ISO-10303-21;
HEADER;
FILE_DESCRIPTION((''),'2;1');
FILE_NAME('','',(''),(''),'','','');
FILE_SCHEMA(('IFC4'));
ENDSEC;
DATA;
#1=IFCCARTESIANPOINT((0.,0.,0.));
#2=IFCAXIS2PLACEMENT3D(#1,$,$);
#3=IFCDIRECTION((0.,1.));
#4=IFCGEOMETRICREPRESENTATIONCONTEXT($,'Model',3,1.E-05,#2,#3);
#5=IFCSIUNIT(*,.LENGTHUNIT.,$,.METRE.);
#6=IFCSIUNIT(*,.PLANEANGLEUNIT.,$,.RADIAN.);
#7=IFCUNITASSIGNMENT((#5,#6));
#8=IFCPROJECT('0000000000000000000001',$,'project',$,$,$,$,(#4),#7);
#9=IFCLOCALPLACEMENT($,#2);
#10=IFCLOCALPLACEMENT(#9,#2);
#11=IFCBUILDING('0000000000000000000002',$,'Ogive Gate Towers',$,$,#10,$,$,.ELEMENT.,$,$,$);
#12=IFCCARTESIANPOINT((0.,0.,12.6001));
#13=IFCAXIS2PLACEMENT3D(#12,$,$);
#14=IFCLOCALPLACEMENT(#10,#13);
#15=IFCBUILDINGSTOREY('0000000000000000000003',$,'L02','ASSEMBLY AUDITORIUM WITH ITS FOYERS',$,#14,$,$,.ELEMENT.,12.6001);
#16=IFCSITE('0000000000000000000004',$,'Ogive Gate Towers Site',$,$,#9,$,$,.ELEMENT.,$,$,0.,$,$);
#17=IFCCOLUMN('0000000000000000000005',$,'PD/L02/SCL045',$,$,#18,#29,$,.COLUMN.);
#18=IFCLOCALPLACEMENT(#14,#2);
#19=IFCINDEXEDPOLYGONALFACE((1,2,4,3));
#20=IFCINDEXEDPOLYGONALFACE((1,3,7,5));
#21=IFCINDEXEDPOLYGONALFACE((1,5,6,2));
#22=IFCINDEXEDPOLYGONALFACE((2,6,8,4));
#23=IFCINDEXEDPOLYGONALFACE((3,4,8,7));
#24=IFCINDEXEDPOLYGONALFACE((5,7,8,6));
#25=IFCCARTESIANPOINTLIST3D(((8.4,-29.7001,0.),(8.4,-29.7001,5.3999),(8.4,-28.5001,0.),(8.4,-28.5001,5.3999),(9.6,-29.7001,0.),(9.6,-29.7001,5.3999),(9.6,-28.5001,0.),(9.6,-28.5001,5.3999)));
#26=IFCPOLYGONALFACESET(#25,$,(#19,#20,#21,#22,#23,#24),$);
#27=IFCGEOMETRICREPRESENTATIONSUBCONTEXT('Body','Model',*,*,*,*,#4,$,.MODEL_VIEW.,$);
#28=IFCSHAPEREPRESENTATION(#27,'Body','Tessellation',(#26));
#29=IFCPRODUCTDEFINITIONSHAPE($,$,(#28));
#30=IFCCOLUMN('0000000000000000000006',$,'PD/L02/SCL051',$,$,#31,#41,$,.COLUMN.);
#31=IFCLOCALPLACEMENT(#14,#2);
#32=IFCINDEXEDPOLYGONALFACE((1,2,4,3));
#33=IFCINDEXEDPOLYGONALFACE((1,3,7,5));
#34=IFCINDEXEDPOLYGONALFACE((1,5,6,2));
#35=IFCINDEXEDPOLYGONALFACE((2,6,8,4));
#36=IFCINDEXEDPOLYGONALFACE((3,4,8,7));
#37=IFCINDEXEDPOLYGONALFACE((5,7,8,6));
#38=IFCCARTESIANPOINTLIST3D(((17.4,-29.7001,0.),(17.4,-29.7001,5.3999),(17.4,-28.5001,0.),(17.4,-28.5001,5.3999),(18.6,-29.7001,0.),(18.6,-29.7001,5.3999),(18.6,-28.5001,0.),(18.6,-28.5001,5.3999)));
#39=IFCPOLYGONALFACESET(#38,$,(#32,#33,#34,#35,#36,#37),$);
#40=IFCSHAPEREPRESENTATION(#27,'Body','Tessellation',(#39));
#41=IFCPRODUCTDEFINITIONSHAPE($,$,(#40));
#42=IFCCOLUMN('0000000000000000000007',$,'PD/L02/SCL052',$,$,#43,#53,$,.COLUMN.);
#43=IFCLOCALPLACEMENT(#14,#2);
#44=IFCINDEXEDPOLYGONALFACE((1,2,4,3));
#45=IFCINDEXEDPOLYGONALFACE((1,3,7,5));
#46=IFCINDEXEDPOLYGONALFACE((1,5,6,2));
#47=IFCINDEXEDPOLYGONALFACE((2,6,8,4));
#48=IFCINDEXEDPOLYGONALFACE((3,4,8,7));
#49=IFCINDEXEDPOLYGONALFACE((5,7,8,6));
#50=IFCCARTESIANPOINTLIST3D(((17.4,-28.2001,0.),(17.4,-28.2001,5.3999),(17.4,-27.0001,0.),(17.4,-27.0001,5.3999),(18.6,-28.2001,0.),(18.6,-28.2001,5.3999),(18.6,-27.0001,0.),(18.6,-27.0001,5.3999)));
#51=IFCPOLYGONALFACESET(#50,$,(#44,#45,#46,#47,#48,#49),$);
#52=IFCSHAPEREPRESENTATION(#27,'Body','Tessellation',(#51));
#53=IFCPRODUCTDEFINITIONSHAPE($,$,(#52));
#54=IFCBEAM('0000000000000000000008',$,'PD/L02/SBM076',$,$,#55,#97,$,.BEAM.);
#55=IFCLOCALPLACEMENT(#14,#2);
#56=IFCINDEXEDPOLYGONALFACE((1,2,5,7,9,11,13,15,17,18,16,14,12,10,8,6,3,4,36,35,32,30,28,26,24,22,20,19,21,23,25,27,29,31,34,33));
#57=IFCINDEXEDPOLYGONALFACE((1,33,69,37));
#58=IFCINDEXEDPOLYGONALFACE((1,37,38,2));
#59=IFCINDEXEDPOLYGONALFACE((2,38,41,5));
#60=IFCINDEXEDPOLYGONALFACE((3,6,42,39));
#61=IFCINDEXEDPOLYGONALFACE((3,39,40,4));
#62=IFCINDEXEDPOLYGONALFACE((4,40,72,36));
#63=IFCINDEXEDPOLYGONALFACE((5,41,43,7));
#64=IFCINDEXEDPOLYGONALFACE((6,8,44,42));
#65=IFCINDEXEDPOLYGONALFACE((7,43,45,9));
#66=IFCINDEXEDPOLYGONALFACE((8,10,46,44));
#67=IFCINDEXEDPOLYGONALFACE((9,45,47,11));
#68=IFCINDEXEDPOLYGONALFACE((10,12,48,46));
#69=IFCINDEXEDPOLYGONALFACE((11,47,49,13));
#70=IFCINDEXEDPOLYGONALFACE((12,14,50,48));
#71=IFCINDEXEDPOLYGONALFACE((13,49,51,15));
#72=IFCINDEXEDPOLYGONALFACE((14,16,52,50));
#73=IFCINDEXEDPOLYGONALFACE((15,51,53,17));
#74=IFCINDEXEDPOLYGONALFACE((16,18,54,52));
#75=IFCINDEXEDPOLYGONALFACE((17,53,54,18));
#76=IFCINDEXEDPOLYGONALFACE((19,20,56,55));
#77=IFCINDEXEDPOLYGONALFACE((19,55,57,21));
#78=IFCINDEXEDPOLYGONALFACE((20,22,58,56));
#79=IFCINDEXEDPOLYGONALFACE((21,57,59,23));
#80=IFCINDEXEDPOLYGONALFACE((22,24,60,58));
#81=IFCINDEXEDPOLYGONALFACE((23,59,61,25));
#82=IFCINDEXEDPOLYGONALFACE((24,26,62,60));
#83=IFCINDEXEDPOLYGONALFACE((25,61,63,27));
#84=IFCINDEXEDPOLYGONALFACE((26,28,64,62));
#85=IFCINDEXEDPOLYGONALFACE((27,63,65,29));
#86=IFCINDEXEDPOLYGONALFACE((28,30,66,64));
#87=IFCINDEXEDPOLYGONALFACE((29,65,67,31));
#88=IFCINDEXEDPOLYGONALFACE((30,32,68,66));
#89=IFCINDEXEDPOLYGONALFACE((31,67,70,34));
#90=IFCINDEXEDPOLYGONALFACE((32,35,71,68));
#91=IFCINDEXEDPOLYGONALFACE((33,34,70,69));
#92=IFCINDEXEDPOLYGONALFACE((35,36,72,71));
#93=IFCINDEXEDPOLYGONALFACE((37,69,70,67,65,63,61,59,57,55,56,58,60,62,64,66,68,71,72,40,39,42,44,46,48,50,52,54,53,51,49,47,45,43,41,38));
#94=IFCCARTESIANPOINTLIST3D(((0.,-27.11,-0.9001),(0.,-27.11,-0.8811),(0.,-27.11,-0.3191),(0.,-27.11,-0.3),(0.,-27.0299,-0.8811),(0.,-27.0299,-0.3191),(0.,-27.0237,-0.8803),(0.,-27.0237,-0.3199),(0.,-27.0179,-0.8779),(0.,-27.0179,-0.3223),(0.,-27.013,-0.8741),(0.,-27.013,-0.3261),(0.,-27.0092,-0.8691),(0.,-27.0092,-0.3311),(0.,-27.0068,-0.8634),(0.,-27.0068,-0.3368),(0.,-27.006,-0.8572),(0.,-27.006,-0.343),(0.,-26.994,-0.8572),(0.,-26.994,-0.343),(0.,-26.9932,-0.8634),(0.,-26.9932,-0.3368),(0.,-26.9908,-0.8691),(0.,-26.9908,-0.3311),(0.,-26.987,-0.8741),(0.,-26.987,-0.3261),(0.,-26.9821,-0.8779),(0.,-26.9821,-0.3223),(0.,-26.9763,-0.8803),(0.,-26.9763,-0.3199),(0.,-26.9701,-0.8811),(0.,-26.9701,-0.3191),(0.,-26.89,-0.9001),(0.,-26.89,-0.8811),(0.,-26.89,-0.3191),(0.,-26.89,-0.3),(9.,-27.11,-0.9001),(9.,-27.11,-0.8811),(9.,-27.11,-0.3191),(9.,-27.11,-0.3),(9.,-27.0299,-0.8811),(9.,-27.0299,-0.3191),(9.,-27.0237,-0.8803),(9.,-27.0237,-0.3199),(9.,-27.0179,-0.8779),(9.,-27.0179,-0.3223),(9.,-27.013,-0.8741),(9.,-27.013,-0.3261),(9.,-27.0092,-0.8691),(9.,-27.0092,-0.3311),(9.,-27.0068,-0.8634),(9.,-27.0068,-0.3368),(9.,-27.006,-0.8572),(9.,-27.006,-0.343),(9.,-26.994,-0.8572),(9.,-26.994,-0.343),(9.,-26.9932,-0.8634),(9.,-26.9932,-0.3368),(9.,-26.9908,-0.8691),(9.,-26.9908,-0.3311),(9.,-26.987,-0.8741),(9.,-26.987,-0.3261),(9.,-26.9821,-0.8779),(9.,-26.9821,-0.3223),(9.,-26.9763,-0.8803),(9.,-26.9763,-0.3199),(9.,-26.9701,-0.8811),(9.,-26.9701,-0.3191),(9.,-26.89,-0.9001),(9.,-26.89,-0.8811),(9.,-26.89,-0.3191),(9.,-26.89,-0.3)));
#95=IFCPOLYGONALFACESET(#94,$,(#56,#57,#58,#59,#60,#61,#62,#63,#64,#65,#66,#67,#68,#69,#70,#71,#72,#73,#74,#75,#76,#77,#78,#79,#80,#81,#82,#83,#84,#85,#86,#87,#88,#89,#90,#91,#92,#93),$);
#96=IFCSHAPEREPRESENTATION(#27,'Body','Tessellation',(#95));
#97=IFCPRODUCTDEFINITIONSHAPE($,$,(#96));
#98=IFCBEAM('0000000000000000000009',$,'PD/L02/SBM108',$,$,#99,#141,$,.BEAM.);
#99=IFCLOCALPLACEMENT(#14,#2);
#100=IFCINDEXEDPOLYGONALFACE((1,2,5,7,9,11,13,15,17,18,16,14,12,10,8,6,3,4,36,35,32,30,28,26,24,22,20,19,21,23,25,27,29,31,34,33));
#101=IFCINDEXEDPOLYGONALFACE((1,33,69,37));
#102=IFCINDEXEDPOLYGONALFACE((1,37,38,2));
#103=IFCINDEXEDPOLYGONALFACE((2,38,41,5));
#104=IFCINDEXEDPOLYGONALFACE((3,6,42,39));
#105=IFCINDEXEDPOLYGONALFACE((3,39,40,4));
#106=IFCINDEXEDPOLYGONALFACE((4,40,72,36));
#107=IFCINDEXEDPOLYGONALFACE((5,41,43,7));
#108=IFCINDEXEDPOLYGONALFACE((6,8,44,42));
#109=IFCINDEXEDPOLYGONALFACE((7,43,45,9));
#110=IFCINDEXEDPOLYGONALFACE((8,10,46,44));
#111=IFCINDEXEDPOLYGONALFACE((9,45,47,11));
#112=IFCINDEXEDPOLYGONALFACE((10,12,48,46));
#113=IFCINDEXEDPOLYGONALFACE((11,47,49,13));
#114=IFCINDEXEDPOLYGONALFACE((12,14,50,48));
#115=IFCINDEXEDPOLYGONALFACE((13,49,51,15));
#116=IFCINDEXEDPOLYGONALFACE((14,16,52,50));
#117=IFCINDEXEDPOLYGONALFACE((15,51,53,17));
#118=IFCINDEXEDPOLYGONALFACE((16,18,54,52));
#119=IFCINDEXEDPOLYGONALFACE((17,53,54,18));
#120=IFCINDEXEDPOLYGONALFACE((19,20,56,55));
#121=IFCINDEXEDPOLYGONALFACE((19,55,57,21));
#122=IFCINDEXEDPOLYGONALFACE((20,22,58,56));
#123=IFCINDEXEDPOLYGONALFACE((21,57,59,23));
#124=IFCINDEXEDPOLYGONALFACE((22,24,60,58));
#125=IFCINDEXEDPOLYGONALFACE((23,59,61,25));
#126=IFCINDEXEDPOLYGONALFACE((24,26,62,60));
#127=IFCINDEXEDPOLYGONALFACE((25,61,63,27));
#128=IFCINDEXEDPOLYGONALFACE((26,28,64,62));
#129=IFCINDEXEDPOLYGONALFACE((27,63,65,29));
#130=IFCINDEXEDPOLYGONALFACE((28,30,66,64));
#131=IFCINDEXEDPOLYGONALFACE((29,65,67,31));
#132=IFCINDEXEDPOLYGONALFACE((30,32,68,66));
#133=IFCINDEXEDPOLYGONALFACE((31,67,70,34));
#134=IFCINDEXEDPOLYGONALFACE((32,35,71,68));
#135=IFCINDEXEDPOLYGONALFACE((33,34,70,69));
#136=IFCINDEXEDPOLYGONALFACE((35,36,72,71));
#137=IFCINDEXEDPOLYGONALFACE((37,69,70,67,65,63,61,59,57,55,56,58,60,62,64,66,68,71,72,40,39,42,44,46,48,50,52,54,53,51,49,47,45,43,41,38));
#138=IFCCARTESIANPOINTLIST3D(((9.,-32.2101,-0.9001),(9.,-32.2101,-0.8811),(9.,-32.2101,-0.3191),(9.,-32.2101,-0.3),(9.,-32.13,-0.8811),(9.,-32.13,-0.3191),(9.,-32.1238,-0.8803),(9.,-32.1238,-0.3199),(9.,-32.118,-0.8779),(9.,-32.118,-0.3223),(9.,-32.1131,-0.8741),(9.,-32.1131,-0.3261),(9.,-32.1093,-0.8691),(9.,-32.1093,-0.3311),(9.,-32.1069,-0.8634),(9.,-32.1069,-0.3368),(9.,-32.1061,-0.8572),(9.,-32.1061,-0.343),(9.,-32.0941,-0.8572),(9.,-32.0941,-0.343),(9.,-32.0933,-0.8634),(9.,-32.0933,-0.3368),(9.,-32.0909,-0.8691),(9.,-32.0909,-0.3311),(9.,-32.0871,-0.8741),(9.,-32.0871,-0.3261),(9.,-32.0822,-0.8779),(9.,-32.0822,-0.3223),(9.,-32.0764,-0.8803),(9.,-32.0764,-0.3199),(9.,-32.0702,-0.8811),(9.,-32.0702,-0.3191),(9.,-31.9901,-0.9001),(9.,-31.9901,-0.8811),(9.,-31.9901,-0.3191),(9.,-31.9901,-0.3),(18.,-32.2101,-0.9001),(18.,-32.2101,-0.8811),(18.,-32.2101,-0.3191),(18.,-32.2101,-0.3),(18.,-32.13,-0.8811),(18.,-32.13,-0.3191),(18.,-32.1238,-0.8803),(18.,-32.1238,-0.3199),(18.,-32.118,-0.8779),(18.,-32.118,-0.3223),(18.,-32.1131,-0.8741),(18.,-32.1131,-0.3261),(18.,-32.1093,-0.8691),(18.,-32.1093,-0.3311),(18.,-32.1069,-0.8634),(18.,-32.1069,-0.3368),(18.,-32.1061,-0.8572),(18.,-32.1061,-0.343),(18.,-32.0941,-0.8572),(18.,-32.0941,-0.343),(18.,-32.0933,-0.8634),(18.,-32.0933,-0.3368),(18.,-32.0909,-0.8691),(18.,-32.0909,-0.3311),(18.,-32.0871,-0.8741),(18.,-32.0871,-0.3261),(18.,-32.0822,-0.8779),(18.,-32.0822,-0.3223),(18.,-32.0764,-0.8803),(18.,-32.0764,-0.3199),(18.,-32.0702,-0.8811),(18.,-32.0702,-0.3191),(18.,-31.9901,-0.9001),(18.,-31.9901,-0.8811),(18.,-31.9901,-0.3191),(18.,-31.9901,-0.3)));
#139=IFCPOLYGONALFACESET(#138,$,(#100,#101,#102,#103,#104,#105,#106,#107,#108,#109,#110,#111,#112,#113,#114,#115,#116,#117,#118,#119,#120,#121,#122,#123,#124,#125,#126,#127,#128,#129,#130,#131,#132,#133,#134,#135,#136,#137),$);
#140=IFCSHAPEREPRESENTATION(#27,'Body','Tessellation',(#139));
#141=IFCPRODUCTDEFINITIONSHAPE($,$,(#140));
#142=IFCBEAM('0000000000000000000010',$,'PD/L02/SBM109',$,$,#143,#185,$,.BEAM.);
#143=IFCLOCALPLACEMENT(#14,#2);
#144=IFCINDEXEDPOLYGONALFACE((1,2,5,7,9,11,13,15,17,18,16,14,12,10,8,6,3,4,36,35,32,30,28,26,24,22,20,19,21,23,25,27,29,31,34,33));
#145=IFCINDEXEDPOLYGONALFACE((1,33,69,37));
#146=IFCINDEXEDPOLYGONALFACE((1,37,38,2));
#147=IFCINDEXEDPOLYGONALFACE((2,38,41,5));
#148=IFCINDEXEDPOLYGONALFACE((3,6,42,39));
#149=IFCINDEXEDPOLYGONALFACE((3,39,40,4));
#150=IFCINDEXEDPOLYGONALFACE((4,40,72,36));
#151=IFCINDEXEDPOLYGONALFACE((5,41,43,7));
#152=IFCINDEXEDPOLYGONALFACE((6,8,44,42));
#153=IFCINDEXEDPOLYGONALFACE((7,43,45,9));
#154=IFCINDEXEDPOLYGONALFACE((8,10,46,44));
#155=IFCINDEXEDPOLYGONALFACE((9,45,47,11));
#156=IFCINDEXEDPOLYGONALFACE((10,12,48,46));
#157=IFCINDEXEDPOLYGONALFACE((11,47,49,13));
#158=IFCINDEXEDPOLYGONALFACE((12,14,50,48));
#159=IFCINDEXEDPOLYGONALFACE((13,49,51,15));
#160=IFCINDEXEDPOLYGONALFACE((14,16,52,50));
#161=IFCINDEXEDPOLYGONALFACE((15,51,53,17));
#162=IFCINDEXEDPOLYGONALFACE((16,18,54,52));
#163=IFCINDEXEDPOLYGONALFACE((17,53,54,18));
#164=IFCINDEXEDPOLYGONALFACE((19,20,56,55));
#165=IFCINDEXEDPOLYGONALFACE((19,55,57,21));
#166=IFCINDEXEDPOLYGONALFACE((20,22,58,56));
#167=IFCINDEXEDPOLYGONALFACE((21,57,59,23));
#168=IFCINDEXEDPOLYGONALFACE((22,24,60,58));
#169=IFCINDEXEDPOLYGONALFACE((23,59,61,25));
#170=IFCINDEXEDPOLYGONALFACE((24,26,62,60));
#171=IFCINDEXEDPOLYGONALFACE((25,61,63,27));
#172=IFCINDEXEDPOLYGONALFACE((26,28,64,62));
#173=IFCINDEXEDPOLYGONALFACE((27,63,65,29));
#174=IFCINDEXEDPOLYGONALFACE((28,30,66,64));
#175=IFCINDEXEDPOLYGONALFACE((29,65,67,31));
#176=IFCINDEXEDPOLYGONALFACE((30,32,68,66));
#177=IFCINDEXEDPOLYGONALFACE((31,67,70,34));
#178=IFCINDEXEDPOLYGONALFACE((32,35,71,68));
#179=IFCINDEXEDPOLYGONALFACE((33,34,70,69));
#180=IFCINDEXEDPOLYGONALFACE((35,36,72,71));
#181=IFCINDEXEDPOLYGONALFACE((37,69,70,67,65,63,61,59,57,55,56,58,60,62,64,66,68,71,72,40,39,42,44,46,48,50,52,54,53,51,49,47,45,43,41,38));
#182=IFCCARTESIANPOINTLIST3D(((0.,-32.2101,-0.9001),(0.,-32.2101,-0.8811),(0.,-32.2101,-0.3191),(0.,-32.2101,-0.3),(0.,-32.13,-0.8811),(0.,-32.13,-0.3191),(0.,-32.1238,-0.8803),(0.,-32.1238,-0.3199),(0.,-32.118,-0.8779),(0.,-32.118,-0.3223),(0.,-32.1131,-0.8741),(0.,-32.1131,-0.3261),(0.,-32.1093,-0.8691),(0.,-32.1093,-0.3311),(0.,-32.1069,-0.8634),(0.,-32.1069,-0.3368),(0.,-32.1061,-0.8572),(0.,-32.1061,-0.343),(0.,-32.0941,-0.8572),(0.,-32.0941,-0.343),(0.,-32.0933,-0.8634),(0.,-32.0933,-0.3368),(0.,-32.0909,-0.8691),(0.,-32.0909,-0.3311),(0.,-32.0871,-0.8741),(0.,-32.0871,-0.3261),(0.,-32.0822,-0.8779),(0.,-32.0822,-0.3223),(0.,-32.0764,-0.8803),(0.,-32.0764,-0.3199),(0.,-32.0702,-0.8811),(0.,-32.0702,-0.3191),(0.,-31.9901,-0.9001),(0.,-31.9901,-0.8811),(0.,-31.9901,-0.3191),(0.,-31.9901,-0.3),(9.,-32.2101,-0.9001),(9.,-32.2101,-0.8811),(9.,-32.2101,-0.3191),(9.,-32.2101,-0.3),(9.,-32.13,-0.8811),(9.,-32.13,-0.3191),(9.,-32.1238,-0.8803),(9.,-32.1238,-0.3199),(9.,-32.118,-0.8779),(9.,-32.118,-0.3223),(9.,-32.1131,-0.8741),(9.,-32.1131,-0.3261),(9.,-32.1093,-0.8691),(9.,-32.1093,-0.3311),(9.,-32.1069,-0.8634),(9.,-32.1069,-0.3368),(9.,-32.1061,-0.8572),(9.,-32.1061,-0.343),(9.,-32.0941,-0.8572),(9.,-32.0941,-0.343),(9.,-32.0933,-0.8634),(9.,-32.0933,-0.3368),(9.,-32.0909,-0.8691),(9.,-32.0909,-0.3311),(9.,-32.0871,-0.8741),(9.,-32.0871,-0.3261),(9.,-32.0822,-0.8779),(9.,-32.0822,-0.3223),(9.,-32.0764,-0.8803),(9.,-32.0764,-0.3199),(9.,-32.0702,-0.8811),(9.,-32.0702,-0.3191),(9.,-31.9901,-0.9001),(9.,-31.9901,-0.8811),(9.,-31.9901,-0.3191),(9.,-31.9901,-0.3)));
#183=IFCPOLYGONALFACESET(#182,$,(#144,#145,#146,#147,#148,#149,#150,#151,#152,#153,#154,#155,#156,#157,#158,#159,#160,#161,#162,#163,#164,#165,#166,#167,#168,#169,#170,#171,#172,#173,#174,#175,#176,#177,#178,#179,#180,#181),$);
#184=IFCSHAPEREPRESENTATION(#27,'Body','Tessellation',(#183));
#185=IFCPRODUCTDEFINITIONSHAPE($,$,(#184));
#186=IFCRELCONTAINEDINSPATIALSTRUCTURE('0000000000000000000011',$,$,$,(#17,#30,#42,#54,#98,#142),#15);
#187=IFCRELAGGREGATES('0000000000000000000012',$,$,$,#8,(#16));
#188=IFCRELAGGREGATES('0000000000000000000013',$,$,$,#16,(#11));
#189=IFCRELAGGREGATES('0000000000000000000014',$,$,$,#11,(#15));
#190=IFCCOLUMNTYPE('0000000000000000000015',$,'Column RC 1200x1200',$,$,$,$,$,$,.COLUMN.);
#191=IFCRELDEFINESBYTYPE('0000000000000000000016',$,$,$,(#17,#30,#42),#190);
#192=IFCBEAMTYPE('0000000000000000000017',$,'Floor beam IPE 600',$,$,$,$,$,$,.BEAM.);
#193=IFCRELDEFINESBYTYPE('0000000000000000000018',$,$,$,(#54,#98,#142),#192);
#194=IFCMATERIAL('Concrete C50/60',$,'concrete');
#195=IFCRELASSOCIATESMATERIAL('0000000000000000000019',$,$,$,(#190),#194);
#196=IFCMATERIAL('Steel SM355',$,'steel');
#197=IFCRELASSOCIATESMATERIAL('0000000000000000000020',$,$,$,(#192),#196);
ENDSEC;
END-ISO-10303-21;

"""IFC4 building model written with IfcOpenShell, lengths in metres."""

from ifc_helpers import new_model, si_unit, direction, frame, origin, origin_2d, place, context, subcontext, project, spatial, rectangle, i_section, extrude, material, material_profile, profile_set, type_object, element, save


model = new_model("IFC4")

# Units and contexts
model_context = context("Model", 3, precision=1e-05, world=origin(), true_north=direction((0.0, 1.0)))
body_context = subcontext(model_context, "Body", "Model", "MODEL_VIEW")
ifc_project = project(units=[si_unit("LENGTHUNIT", "METRE"), si_unit("PLANEANGLEUNIT", "RADIAN")], contexts=[model_context])

# Site, building, storey
site_placement = place(None, origin())
site = spatial("IfcSite", under=ifc_project, at=site_placement, Name="Ogive Gate Towers Site", CompositionType="ELEMENT", RefElevation=0.0)
building_placement = place(site_placement, origin())
building = spatial("IfcBuilding", under=site, at=building_placement, Name="Ogive Gate Towers", CompositionType="ELEMENT")
storey_placement = place(building_placement, frame((0.0, 0.0, 12.6001)))
storey = spatial("IfcBuildingStorey", under=building, at=storey_placement, Name="L02", Description="ASSEMBLY AUDITORIUM WITH ITS FOYERS", CompositionType="ELEMENT", Elevation=12.6001)

# Columns
ifc_material_1 = material(Name="Concrete C50/60", Category="concrete")
ifc_material_profile_1 = material_profile(ifc_material_1, rectangle(XDim=1.2, YDim=1.2, at=origin_2d()), Name="RC 1200x1200")
ifc_profile_set_1 = profile_set([ifc_material_profile_1], Name="Concrete C50/60")
column_type = type_object("IfcColumnType", Name="Column RC 1200x1200", PredefinedType="COLUMN", material=ifc_profile_set_1)
for number, where, z_axis, x_axis, name in (
    (1, (9.0, -29.1001, 0.0), (0.0, 0.0, 1.0), (1.0, 0.0, 0.0), "PD/L02/SCL045"),
    (2, (18.0, -29.1001, 0.0), (0.0, 0.0, 1.0), (1.0, 0.0, 0.0), "PD/L02/SCL051"),
    (3, (18.0, -27.6001, 0.0), (0.0, 0.0, 1.0), (1.0, 0.0, 0.0), "PD/L02/SCL052"),
):
    element("IfcColumn", number, at=place(storey_placement, frame(where, z_axis=z_axis, x_axis=x_axis)), inside=storey, type_object=column_type, Name=name, PredefinedType="COLUMN", context=body_context, shape_type="SweptSolid", body=[
        extrude(rectangle(XDim=1.2, YDim=1.2, at=origin_2d()), origin(), (0.0, 0.0, 1.0), 5.3999),
    ])

# Beams
ifc_material_2 = material(Name="Steel SM355", Category="steel")
ifc_material_profile_2 = material_profile(ifc_material_2, i_section(OverallWidth=0.22, OverallDepth=0.6001, WebThickness=0.012, FlangeThickness=0.019, FilletRadius=0.0239, at=origin_2d()), Name="IPE 600")
ifc_profile_set_2 = profile_set([ifc_material_profile_2], Name="Steel SM355")
beam_type_1 = type_object("IfcBeamType", Name="Floor beam IPE 600", PredefinedType="BEAM", material=ifc_profile_set_2)
for number, where, z_axis, x_axis, name in (
    (4, (0.0, -27.0, -0.6001), (1.0, 0.0, 0.0), (0.0, 1.0, 0.0), "PD/L02/SBM076"),
    (5, (18.0, -32.1001, -0.6001), (-1.0, 0.0, 0.0), (0.0, -1.0, 0.0), "PD/L02/SBM108"),
    (6, (9.0, -32.1001, -0.6001), (-1.0, 0.0, 0.0), (0.0, -1.0, 0.0), "PD/L02/SBM109"),
):
    element("IfcBeam", number, at=place(storey_placement, frame(where, z_axis=z_axis, x_axis=x_axis)), inside=storey, type_object=beam_type_1, Name=name, PredefinedType="BEAM", context=body_context, shape_type="SweptSolid", body=[
        extrude(i_section(OverallWidth=0.22, OverallDepth=0.6001, WebThickness=0.012, FlangeThickness=0.019, FilletRadius=0.0239, at=origin_2d()), origin(), (0.0, 0.0, 1.0), 9.0),
    ])

save(model, "model.ifc")
